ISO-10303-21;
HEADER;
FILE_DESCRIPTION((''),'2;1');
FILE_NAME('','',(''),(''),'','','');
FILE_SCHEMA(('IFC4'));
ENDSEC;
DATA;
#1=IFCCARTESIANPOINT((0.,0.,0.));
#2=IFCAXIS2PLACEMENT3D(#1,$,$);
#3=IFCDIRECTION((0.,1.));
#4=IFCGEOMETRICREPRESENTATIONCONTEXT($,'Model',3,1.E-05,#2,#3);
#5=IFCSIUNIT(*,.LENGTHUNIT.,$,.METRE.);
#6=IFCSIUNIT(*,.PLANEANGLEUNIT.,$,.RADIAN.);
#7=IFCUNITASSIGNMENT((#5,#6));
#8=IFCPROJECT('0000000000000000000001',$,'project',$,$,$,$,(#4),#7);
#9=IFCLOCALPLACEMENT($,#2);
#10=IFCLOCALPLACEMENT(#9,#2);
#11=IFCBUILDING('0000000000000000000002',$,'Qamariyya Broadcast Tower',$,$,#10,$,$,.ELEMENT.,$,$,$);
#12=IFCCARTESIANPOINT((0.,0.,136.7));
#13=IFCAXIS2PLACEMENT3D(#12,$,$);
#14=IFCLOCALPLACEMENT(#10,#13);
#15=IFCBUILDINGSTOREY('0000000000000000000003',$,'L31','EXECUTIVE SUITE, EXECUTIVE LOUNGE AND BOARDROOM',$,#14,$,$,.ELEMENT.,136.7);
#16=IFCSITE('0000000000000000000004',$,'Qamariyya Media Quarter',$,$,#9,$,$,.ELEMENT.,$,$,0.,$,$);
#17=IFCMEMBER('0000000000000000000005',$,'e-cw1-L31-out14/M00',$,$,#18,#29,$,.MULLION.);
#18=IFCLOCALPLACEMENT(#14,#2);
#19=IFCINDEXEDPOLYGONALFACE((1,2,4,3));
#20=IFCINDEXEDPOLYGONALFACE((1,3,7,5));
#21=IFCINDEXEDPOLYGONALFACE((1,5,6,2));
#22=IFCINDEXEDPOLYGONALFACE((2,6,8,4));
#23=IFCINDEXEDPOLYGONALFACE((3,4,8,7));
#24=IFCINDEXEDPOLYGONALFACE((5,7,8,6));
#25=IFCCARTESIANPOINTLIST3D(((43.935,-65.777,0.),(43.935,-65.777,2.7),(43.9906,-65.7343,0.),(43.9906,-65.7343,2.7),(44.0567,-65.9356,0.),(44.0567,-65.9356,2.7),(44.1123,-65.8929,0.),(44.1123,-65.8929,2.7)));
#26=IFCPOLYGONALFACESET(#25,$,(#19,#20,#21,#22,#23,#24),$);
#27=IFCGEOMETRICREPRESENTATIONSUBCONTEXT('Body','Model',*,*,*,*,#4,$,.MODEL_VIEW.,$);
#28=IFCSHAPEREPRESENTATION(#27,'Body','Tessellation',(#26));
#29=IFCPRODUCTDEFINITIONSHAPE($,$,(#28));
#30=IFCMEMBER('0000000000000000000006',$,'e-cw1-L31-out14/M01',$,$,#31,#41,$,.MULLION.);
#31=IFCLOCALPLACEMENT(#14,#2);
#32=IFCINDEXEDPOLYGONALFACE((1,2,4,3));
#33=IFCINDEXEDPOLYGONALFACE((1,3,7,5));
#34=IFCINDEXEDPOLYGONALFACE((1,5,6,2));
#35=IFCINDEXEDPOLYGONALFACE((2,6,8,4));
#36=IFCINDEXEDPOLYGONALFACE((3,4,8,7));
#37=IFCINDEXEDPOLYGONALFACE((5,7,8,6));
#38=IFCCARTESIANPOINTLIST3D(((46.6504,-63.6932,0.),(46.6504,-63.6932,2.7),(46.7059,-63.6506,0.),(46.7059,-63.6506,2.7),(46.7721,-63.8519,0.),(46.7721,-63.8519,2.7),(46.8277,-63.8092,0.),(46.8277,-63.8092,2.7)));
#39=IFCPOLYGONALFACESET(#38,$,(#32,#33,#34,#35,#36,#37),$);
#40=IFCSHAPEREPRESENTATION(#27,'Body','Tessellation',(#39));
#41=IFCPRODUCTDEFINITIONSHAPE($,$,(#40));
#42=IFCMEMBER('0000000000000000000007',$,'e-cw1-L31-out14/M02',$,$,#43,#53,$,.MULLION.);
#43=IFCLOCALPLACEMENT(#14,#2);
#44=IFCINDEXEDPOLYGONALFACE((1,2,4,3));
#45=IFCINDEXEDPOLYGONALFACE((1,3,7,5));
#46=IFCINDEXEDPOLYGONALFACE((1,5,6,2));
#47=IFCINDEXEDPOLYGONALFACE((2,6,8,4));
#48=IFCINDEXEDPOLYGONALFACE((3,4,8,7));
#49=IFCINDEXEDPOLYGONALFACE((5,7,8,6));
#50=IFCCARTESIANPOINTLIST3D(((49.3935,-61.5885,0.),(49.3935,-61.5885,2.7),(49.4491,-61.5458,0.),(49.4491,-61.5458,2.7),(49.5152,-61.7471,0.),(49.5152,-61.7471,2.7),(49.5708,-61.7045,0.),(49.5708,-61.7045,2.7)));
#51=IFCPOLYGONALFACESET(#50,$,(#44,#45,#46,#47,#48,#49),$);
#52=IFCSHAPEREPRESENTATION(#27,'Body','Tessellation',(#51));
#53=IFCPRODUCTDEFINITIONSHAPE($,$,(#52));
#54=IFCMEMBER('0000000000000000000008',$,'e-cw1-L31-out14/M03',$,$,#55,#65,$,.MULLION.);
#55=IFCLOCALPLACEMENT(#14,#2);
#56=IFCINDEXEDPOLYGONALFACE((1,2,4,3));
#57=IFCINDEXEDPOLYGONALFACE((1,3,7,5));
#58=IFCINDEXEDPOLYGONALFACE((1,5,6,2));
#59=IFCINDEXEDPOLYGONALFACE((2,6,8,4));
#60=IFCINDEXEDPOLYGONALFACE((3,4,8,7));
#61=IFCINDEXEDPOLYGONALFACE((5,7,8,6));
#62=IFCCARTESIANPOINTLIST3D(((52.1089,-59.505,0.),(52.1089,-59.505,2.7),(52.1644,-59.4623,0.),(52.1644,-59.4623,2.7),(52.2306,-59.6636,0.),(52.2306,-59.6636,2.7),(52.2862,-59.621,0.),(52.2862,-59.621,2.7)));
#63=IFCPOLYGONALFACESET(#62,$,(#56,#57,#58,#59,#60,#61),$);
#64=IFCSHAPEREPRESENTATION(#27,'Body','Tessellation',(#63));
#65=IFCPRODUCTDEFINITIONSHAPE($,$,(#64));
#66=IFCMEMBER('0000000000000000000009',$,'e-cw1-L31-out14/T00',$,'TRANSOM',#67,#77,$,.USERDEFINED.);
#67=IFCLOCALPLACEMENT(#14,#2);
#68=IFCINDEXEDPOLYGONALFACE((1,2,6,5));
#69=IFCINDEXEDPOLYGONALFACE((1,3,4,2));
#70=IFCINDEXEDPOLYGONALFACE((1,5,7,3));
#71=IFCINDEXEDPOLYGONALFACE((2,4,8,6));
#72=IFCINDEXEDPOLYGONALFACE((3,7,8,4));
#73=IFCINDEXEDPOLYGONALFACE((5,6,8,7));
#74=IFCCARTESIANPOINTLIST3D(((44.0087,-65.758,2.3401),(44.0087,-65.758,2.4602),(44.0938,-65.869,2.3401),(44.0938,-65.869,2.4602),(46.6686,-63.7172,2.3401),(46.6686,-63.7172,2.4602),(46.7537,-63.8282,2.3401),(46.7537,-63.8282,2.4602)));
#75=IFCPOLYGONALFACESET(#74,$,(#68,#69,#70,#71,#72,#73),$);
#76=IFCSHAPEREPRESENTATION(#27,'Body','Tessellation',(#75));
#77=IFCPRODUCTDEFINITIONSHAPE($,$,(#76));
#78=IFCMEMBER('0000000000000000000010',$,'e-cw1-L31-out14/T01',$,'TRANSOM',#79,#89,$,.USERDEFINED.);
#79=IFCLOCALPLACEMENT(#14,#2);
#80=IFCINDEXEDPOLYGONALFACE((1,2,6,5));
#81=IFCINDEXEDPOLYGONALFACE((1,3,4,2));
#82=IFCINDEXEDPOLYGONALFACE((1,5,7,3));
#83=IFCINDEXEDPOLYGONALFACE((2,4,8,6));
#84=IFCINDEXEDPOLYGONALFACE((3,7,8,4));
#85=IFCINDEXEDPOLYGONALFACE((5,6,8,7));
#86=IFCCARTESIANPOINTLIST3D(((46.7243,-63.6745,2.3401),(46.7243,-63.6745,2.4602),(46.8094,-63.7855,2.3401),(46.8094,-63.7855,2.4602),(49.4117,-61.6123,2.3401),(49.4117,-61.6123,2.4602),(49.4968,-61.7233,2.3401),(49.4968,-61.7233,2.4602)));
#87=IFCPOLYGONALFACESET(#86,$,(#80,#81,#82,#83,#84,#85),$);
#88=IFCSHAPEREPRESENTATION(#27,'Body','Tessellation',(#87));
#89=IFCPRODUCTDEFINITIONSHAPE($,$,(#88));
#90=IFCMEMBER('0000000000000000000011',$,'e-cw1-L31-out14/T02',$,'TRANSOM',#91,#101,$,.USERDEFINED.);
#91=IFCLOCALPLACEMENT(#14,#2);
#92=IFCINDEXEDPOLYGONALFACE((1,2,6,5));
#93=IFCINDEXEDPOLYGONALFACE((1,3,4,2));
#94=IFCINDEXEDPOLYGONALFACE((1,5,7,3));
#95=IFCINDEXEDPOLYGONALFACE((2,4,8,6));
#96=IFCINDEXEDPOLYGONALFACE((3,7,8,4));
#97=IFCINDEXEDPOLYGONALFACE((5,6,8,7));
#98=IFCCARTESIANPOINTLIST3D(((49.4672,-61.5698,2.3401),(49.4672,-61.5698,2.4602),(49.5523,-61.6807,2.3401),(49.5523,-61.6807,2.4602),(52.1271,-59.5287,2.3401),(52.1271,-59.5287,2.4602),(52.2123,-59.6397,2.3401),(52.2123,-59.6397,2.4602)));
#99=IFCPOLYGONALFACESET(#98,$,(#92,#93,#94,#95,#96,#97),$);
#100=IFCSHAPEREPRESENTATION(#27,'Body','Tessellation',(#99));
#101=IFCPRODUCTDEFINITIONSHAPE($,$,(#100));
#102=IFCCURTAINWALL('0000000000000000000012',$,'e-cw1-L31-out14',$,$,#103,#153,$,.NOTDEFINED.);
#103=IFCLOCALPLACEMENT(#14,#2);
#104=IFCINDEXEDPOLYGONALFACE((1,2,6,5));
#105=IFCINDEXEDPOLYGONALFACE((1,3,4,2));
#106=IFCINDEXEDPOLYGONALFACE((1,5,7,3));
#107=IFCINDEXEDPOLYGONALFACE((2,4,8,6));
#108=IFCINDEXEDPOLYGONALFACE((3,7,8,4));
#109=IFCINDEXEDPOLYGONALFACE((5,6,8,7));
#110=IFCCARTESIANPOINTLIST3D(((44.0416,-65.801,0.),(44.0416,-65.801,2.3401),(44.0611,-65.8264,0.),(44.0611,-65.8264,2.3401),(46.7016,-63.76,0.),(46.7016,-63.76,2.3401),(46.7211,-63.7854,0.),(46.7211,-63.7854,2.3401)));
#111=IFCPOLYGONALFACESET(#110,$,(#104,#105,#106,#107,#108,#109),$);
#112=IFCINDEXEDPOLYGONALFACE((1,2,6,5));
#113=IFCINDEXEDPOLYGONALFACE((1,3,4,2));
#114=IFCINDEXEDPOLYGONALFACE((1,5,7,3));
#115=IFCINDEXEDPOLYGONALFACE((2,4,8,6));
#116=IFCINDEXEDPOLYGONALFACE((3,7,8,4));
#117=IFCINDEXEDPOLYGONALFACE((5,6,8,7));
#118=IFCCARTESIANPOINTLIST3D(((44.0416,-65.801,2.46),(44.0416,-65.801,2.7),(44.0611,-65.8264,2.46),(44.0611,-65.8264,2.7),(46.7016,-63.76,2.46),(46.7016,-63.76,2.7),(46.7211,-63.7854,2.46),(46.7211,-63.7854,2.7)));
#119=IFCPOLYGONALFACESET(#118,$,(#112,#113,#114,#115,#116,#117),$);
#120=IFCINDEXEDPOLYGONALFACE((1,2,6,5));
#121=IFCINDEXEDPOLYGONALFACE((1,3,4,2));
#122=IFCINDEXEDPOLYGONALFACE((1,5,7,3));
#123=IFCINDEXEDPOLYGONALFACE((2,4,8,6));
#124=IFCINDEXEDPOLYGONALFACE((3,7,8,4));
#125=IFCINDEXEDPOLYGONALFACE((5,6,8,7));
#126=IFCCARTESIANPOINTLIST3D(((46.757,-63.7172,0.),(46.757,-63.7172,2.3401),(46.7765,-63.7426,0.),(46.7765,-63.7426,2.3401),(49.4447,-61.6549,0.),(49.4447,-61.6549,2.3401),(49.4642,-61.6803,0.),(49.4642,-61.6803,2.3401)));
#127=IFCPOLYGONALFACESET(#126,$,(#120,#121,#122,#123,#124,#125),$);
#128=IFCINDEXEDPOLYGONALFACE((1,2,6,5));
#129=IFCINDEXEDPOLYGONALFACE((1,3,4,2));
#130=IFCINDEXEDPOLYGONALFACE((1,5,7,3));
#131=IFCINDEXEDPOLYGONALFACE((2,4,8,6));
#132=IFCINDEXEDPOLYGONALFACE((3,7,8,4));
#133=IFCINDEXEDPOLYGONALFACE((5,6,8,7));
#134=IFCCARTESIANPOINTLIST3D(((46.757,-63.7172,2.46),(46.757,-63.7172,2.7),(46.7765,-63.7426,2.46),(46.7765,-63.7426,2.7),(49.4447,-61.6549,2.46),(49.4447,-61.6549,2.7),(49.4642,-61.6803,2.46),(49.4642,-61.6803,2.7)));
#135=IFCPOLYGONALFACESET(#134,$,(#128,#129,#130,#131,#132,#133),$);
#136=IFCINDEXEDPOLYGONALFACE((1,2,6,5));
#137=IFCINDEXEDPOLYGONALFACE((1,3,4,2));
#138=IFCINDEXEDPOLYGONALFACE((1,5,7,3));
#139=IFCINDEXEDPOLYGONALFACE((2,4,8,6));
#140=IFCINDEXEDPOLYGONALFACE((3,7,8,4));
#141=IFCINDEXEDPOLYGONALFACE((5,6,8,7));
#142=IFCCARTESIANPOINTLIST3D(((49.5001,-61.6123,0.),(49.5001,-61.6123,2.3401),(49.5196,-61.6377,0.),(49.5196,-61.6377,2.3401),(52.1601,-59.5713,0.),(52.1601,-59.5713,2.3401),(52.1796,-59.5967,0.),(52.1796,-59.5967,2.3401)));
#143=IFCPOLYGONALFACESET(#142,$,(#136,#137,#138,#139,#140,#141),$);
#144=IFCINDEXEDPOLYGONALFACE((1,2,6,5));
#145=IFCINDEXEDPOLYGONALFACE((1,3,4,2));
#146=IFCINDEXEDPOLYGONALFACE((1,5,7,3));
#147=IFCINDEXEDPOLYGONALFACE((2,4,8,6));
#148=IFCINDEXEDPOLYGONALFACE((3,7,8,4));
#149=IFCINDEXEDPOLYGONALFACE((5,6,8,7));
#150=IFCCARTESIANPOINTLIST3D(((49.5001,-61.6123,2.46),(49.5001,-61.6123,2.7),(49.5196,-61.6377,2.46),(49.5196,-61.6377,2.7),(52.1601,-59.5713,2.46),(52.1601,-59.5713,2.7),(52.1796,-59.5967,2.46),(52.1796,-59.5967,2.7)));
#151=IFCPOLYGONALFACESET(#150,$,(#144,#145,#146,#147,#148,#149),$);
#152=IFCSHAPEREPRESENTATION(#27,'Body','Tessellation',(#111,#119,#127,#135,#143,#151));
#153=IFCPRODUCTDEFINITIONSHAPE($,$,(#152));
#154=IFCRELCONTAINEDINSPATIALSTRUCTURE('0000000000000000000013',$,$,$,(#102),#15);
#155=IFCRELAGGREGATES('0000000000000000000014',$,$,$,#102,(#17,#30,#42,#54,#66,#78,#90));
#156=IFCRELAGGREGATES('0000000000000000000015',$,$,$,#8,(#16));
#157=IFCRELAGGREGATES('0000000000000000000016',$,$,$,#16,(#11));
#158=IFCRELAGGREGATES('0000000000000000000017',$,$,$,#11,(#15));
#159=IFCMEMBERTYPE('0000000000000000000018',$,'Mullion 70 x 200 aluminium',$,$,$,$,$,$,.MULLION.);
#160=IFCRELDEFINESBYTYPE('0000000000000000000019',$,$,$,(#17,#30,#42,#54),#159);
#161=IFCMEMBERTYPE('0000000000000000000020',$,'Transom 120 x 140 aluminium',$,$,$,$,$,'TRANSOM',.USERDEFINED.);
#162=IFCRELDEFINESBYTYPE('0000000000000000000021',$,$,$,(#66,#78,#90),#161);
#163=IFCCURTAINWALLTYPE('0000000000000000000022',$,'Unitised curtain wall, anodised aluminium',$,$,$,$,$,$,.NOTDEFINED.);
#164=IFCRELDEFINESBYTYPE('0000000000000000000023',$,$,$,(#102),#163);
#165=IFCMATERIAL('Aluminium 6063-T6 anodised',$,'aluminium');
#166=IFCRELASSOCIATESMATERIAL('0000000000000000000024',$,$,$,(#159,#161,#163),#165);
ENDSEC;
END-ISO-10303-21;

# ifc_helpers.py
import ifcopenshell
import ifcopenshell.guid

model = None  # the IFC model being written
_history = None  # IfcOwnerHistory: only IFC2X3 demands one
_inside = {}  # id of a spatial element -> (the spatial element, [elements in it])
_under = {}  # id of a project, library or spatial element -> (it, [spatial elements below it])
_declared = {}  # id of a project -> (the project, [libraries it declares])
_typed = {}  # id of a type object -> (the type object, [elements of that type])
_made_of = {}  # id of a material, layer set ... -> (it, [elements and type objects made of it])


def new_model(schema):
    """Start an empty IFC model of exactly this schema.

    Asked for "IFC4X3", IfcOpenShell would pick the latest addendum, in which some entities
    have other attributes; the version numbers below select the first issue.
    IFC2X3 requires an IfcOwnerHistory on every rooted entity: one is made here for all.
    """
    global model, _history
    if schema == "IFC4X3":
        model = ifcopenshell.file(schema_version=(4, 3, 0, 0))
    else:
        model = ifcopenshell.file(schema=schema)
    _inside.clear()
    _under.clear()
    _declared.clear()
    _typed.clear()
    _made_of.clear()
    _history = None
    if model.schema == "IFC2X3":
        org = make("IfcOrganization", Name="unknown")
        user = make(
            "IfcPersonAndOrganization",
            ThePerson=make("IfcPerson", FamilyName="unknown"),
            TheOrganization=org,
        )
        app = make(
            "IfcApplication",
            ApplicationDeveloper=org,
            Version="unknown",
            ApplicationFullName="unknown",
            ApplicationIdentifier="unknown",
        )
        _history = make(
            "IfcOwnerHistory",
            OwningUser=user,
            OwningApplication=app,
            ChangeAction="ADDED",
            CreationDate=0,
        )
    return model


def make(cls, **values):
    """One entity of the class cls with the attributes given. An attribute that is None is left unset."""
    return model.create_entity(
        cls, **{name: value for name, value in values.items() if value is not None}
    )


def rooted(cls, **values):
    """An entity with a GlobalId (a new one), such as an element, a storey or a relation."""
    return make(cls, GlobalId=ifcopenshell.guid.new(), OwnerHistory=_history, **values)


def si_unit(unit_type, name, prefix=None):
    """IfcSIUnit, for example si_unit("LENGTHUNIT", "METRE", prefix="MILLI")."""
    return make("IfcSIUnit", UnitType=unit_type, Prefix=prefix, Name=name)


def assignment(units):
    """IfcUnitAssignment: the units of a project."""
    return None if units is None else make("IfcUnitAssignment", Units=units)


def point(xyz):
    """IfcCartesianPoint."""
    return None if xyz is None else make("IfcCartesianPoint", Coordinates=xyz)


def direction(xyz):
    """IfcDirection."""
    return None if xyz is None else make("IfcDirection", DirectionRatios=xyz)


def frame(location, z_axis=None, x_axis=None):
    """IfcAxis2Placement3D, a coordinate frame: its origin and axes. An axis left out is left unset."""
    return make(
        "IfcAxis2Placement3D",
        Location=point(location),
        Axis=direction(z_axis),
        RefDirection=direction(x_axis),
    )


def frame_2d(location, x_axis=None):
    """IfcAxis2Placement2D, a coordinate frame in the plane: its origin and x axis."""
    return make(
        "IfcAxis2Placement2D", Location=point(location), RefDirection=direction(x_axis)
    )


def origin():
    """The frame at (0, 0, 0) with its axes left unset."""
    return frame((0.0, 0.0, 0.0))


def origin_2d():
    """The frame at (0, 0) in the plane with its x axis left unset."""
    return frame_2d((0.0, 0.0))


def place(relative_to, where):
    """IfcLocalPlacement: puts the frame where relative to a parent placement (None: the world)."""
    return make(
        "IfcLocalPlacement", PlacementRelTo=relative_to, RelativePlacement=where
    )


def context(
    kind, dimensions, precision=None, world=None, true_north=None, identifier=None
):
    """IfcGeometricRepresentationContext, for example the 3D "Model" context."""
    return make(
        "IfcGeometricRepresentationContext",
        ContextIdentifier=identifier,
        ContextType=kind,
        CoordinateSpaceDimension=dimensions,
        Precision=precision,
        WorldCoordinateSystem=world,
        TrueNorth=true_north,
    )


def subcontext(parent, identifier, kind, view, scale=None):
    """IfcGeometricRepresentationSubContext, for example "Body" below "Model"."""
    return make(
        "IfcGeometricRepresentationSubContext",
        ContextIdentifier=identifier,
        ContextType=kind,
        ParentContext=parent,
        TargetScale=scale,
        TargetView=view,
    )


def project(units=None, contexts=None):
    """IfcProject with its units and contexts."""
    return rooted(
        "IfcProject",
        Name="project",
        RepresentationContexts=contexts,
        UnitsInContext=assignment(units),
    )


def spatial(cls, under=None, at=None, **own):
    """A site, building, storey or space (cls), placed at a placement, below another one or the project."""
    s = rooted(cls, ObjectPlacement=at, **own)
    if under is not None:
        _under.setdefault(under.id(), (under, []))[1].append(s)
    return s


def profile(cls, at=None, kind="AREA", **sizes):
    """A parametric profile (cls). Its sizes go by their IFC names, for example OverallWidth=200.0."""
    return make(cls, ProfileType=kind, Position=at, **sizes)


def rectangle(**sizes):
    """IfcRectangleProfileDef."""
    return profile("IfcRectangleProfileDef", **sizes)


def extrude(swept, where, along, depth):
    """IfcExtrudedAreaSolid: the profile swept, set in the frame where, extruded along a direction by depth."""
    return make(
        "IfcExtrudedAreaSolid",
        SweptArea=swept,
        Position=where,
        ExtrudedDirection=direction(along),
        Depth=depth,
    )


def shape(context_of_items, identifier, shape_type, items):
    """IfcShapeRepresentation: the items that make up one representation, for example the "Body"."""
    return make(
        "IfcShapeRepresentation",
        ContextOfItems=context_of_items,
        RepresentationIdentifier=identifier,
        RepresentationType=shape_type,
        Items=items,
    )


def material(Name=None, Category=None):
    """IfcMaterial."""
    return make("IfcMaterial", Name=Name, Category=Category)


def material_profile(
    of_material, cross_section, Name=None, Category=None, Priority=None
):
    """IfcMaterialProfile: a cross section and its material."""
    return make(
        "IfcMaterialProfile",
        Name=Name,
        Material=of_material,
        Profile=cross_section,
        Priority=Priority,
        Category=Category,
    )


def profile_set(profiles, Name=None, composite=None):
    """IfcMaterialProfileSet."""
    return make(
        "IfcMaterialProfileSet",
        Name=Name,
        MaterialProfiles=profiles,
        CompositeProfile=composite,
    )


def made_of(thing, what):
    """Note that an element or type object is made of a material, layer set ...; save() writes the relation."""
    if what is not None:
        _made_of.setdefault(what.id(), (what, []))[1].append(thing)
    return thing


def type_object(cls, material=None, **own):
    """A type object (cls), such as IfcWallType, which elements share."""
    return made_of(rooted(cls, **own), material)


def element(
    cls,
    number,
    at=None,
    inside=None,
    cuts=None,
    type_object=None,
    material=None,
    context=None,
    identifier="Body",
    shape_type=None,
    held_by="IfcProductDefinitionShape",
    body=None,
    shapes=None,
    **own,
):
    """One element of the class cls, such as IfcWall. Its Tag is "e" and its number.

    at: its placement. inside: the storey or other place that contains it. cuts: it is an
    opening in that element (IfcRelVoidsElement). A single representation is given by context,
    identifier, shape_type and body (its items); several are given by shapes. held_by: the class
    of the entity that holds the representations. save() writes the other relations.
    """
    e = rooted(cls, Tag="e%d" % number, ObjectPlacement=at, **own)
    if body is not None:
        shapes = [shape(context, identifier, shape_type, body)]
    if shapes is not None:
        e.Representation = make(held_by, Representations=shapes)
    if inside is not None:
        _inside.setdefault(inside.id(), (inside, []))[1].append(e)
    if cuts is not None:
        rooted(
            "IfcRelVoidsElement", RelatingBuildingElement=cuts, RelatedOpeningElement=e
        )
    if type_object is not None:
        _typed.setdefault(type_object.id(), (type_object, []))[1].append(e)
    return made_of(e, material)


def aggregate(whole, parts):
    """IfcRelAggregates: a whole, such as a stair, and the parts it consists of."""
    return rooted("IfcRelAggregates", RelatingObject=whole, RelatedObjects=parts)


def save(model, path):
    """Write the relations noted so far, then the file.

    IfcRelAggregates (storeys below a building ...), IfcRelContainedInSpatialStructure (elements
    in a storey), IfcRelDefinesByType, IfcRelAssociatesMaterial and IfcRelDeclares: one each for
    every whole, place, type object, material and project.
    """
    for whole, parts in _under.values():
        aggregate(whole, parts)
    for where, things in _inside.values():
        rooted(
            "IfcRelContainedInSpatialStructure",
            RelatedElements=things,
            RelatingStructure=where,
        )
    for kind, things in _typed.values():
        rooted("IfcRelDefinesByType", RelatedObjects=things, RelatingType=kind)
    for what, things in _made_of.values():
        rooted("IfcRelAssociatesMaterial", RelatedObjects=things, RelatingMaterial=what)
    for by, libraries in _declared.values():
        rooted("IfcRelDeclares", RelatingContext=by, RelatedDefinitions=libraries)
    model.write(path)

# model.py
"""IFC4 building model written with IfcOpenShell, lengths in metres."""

from ifc_helpers import new_model, si_unit, direction, frame, origin, origin_2d, place, context, subcontext, project, spatial, rectangle, extrude, material, material_profile, profile_set, type_object, element, aggregate, save


model = new_model("IFC4")

# Units and contexts
model_context = context("Model", 3, precision=1e-05, world=origin(), true_north=direction((0.0, 1.0)))
body_context = subcontext(model_context, "Body", "Model", "MODEL_VIEW")
ifc_project = project(units=[si_unit("LENGTHUNIT", "METRE"), si_unit("PLANEANGLEUNIT", "RADIAN")], contexts=[model_context])

# Members
ifc_material_1 = material(Name="Aluminium 6063-T6 anodised", Category="aluminium")
ifc_material_profile_1 = material_profile(ifc_material_1, rectangle(XDim=0.2, YDim=0.0701, at=origin_2d()))
ifc_profile_set_1 = profile_set([ifc_material_profile_1], Name="Aluminium 6063-T6 anodised")
member_type_1 = type_object("IfcMemberType", Name="Mullion 70 x 200 aluminium", PredefinedType="MULLION", material=ifc_profile_set_1)
site_placement = place(None, origin())
building_placement = place(site_placement, origin())
storey_placement = place(building_placement, frame((0.0, 0.0, 136.7)))
member_1_placement = place(storey_placement, frame((44.0237, -65.835, 0.0), z_axis=(0.0, 0.0, 1.0), x_axis=(-0.608761, 0.793353, 0.0)))
member_1 = element("IfcMember", 1, at=member_1_placement, type_object=member_type_1, Name="e-cw1-L31-out14/M00", PredefinedType="MULLION", context=body_context, shape_type="SweptSolid", body=[
    extrude(rectangle(XDim=0.2, YDim=0.0701, at=origin_2d()), origin(), (0.0, 0.0, 1.0), 2.7),
])
member_2_placement = place(storey_placement, frame((46.739, -63.7512, 0.0), z_axis=(0.0, 0.0, 1.0), x_axis=(-0.608761, 0.793353, 0.0)))
member_2 = element("IfcMember", 2, at=member_2_placement, type_object=member_type_1, Name="e-cw1-L31-out14/M01", PredefinedType="MULLION", context=body_context, shape_type="SweptSolid", body=[
    extrude(rectangle(XDim=0.2, YDim=0.0701, at=origin_2d()), origin(), (0.0, 0.0, 1.0), 2.7),
])
member_3_placement = place(storey_placement, frame((49.4822, -61.6465, 0.0), z_axis=(0.0, 0.0, 1.0), x_axis=(-0.608761, 0.793353, 0.0)))
member_3 = element("IfcMember", 3, at=member_3_placement, type_object=member_type_1, Name="e-cw1-L31-out14/M02", PredefinedType="MULLION", context=body_context, shape_type="SweptSolid", body=[
    extrude(rectangle(XDim=0.2, YDim=0.0701, at=origin_2d()), origin(), (0.0, 0.0, 1.0), 2.7),
])
member_4_placement = place(storey_placement, frame((52.1975, -59.563, 0.0), z_axis=(0.0, 0.0, 1.0), x_axis=(-0.608761, 0.793353, 0.0)))
member_4 = element("IfcMember", 4, at=member_4_placement, type_object=member_type_1, Name="e-cw1-L31-out14/M03", PredefinedType="MULLION", context=body_context, shape_type="SweptSolid", body=[
    extrude(rectangle(XDim=0.2, YDim=0.0701, at=origin_2d()), origin(), (0.0, 0.0, 1.0), 2.7),
])
ifc_material_profile_2 = material_profile(ifc_material_1, rectangle(XDim=0.1399, YDim=0.1201, at=origin_2d()))
ifc_profile_set_2 = profile_set([ifc_material_profile_2], Name="Aluminium 6063-T6 anodised")
member_type_2 = type_object("IfcMemberType", Name="Transom 120 x 140 aluminium", ElementType="TRANSOM", PredefinedType="USERDEFINED", material=ifc_profile_set_2)
member_5_placement = place(storey_placement, frame((44.0513, -65.8135, 2.4001), z_axis=(0.793389, 0.608714, 0.0), x_axis=(-0.608714, 0.793389, 0.0)))
member_5 = element("IfcMember", 5, at=member_5_placement, type_object=member_type_2, Name="e-cw1-L31-out14/T00", ObjectType="TRANSOM", PredefinedType="USERDEFINED", context=body_context, shape_type="SweptSolid", body=[
    extrude(rectangle(XDim=0.1399, YDim=0.1201, at=origin_2d()), origin(), (0.0, 0.0, 1.0), 3.3525),
])
member_6_placement = place(storey_placement, frame((46.7668, -63.73, 2.4001), z_axis=(0.793344, 0.608773, 0.0), x_axis=(-0.608773, 0.793344, 0.0)))
member_6 = element("IfcMember", 6, at=member_6_placement, type_object=member_type_2, Name="e-cw1-L31-out14/T01", ObjectType="TRANSOM", PredefinedType="USERDEFINED", context=body_context, shape_type="SweptSolid", body=[
    extrude(rectangle(XDim=0.1399, YDim=0.1201, at=origin_2d()), origin(), (0.0, 0.0, 1.0), 3.3875),
])
member_7_placement = place(storey_placement, frame((49.5098, -61.6252, 2.4001), z_axis=(0.793354, 0.60876, 0.0), x_axis=(-0.60876, 0.793354, 0.0)))
member_7 = element("IfcMember", 7, at=member_7_placement, type_object=member_type_2, Name="e-cw1-L31-out14/T02", ObjectType="TRANSOM", PredefinedType="USERDEFINED", context=body_context, shape_type="SweptSolid", body=[
    extrude(rectangle(XDim=0.1399, YDim=0.1201, at=origin_2d()), origin(), (0.0, 0.0, 1.0), 3.3528),
])

# Site, building, storey
site = spatial("IfcSite", under=ifc_project, at=site_placement, Name="Qamariyya Media Quarter", CompositionType="ELEMENT", RefElevation=0.0)
building = spatial("IfcBuilding", under=site, at=building_placement, Name="Qamariyya Broadcast Tower", CompositionType="ELEMENT")
storey = spatial("IfcBuildingStorey", under=building, at=storey_placement, Name="L31", Description="EXECUTIVE SUITE, EXECUTIVE LOUNGE AND BOARDROOM", CompositionType="ELEMENT", Elevation=136.7)

# Curtain wall
curtain_wall_type = type_object("IfcCurtainWallType", Name="Unitised curtain wall, anodised aluminium", PredefinedType="NOTDEFINED", material=ifc_material_1)
curtain_wall_1_placement = place(storey_placement, origin())
curtain_wall_1 = element("IfcCurtainWall", 8, at=curtain_wall_1_placement, inside=storey, type_object=curtain_wall_type, Name="e-cw1-L31-out14", PredefinedType="NOTDEFINED", context=body_context, shape_type="SweptSolid", body=[
    extrude(rectangle(XDim=3.3528, YDim=0.032, at=origin_2d()), frame((45.3813, -64.7932, 0.0), x_axis=(0.793354, 0.608761, 0.0)), (0.0, 0.0, 1.0), 2.3401),
    extrude(rectangle(XDim=3.3528, YDim=0.032, at=origin_2d()), frame((45.3813, -64.7932, 2.46), x_axis=(0.793354, 0.608761, 0.0)), (0.0, 0.0, 1.0), 0.24),
    extrude(rectangle(XDim=3.3877, YDim=0.032, at=origin_2d()), frame((48.1106, -62.6987, 0.0), x_axis=(0.793354, 0.608761, 0.0)), (0.0, 0.0, 1.0), 2.3401),
    extrude(rectangle(XDim=3.3877, YDim=0.032, at=origin_2d()), frame((48.1106, -62.6987, 2.46), x_axis=(0.793354, 0.608761, 0.0)), (0.0, 0.0, 1.0), 0.24),
    extrude(rectangle(XDim=3.3528, YDim=0.032, at=origin_2d()), frame((50.8398, -60.6045, 0.0), x_axis=(0.793354, 0.608761, 0.0)), (0.0, 0.0, 1.0), 2.3401),
    extrude(rectangle(XDim=3.3528, YDim=0.032, at=origin_2d()), frame((50.8398, -60.6045, 2.46), x_axis=(0.793354, 0.608761, 0.0)), (0.0, 0.0, 1.0), 0.24),
])
aggregate(curtain_wall_1, [member_1, member_2, member_3, member_4, member_5, member_6, member_7])

save(model, "model.ifc")
